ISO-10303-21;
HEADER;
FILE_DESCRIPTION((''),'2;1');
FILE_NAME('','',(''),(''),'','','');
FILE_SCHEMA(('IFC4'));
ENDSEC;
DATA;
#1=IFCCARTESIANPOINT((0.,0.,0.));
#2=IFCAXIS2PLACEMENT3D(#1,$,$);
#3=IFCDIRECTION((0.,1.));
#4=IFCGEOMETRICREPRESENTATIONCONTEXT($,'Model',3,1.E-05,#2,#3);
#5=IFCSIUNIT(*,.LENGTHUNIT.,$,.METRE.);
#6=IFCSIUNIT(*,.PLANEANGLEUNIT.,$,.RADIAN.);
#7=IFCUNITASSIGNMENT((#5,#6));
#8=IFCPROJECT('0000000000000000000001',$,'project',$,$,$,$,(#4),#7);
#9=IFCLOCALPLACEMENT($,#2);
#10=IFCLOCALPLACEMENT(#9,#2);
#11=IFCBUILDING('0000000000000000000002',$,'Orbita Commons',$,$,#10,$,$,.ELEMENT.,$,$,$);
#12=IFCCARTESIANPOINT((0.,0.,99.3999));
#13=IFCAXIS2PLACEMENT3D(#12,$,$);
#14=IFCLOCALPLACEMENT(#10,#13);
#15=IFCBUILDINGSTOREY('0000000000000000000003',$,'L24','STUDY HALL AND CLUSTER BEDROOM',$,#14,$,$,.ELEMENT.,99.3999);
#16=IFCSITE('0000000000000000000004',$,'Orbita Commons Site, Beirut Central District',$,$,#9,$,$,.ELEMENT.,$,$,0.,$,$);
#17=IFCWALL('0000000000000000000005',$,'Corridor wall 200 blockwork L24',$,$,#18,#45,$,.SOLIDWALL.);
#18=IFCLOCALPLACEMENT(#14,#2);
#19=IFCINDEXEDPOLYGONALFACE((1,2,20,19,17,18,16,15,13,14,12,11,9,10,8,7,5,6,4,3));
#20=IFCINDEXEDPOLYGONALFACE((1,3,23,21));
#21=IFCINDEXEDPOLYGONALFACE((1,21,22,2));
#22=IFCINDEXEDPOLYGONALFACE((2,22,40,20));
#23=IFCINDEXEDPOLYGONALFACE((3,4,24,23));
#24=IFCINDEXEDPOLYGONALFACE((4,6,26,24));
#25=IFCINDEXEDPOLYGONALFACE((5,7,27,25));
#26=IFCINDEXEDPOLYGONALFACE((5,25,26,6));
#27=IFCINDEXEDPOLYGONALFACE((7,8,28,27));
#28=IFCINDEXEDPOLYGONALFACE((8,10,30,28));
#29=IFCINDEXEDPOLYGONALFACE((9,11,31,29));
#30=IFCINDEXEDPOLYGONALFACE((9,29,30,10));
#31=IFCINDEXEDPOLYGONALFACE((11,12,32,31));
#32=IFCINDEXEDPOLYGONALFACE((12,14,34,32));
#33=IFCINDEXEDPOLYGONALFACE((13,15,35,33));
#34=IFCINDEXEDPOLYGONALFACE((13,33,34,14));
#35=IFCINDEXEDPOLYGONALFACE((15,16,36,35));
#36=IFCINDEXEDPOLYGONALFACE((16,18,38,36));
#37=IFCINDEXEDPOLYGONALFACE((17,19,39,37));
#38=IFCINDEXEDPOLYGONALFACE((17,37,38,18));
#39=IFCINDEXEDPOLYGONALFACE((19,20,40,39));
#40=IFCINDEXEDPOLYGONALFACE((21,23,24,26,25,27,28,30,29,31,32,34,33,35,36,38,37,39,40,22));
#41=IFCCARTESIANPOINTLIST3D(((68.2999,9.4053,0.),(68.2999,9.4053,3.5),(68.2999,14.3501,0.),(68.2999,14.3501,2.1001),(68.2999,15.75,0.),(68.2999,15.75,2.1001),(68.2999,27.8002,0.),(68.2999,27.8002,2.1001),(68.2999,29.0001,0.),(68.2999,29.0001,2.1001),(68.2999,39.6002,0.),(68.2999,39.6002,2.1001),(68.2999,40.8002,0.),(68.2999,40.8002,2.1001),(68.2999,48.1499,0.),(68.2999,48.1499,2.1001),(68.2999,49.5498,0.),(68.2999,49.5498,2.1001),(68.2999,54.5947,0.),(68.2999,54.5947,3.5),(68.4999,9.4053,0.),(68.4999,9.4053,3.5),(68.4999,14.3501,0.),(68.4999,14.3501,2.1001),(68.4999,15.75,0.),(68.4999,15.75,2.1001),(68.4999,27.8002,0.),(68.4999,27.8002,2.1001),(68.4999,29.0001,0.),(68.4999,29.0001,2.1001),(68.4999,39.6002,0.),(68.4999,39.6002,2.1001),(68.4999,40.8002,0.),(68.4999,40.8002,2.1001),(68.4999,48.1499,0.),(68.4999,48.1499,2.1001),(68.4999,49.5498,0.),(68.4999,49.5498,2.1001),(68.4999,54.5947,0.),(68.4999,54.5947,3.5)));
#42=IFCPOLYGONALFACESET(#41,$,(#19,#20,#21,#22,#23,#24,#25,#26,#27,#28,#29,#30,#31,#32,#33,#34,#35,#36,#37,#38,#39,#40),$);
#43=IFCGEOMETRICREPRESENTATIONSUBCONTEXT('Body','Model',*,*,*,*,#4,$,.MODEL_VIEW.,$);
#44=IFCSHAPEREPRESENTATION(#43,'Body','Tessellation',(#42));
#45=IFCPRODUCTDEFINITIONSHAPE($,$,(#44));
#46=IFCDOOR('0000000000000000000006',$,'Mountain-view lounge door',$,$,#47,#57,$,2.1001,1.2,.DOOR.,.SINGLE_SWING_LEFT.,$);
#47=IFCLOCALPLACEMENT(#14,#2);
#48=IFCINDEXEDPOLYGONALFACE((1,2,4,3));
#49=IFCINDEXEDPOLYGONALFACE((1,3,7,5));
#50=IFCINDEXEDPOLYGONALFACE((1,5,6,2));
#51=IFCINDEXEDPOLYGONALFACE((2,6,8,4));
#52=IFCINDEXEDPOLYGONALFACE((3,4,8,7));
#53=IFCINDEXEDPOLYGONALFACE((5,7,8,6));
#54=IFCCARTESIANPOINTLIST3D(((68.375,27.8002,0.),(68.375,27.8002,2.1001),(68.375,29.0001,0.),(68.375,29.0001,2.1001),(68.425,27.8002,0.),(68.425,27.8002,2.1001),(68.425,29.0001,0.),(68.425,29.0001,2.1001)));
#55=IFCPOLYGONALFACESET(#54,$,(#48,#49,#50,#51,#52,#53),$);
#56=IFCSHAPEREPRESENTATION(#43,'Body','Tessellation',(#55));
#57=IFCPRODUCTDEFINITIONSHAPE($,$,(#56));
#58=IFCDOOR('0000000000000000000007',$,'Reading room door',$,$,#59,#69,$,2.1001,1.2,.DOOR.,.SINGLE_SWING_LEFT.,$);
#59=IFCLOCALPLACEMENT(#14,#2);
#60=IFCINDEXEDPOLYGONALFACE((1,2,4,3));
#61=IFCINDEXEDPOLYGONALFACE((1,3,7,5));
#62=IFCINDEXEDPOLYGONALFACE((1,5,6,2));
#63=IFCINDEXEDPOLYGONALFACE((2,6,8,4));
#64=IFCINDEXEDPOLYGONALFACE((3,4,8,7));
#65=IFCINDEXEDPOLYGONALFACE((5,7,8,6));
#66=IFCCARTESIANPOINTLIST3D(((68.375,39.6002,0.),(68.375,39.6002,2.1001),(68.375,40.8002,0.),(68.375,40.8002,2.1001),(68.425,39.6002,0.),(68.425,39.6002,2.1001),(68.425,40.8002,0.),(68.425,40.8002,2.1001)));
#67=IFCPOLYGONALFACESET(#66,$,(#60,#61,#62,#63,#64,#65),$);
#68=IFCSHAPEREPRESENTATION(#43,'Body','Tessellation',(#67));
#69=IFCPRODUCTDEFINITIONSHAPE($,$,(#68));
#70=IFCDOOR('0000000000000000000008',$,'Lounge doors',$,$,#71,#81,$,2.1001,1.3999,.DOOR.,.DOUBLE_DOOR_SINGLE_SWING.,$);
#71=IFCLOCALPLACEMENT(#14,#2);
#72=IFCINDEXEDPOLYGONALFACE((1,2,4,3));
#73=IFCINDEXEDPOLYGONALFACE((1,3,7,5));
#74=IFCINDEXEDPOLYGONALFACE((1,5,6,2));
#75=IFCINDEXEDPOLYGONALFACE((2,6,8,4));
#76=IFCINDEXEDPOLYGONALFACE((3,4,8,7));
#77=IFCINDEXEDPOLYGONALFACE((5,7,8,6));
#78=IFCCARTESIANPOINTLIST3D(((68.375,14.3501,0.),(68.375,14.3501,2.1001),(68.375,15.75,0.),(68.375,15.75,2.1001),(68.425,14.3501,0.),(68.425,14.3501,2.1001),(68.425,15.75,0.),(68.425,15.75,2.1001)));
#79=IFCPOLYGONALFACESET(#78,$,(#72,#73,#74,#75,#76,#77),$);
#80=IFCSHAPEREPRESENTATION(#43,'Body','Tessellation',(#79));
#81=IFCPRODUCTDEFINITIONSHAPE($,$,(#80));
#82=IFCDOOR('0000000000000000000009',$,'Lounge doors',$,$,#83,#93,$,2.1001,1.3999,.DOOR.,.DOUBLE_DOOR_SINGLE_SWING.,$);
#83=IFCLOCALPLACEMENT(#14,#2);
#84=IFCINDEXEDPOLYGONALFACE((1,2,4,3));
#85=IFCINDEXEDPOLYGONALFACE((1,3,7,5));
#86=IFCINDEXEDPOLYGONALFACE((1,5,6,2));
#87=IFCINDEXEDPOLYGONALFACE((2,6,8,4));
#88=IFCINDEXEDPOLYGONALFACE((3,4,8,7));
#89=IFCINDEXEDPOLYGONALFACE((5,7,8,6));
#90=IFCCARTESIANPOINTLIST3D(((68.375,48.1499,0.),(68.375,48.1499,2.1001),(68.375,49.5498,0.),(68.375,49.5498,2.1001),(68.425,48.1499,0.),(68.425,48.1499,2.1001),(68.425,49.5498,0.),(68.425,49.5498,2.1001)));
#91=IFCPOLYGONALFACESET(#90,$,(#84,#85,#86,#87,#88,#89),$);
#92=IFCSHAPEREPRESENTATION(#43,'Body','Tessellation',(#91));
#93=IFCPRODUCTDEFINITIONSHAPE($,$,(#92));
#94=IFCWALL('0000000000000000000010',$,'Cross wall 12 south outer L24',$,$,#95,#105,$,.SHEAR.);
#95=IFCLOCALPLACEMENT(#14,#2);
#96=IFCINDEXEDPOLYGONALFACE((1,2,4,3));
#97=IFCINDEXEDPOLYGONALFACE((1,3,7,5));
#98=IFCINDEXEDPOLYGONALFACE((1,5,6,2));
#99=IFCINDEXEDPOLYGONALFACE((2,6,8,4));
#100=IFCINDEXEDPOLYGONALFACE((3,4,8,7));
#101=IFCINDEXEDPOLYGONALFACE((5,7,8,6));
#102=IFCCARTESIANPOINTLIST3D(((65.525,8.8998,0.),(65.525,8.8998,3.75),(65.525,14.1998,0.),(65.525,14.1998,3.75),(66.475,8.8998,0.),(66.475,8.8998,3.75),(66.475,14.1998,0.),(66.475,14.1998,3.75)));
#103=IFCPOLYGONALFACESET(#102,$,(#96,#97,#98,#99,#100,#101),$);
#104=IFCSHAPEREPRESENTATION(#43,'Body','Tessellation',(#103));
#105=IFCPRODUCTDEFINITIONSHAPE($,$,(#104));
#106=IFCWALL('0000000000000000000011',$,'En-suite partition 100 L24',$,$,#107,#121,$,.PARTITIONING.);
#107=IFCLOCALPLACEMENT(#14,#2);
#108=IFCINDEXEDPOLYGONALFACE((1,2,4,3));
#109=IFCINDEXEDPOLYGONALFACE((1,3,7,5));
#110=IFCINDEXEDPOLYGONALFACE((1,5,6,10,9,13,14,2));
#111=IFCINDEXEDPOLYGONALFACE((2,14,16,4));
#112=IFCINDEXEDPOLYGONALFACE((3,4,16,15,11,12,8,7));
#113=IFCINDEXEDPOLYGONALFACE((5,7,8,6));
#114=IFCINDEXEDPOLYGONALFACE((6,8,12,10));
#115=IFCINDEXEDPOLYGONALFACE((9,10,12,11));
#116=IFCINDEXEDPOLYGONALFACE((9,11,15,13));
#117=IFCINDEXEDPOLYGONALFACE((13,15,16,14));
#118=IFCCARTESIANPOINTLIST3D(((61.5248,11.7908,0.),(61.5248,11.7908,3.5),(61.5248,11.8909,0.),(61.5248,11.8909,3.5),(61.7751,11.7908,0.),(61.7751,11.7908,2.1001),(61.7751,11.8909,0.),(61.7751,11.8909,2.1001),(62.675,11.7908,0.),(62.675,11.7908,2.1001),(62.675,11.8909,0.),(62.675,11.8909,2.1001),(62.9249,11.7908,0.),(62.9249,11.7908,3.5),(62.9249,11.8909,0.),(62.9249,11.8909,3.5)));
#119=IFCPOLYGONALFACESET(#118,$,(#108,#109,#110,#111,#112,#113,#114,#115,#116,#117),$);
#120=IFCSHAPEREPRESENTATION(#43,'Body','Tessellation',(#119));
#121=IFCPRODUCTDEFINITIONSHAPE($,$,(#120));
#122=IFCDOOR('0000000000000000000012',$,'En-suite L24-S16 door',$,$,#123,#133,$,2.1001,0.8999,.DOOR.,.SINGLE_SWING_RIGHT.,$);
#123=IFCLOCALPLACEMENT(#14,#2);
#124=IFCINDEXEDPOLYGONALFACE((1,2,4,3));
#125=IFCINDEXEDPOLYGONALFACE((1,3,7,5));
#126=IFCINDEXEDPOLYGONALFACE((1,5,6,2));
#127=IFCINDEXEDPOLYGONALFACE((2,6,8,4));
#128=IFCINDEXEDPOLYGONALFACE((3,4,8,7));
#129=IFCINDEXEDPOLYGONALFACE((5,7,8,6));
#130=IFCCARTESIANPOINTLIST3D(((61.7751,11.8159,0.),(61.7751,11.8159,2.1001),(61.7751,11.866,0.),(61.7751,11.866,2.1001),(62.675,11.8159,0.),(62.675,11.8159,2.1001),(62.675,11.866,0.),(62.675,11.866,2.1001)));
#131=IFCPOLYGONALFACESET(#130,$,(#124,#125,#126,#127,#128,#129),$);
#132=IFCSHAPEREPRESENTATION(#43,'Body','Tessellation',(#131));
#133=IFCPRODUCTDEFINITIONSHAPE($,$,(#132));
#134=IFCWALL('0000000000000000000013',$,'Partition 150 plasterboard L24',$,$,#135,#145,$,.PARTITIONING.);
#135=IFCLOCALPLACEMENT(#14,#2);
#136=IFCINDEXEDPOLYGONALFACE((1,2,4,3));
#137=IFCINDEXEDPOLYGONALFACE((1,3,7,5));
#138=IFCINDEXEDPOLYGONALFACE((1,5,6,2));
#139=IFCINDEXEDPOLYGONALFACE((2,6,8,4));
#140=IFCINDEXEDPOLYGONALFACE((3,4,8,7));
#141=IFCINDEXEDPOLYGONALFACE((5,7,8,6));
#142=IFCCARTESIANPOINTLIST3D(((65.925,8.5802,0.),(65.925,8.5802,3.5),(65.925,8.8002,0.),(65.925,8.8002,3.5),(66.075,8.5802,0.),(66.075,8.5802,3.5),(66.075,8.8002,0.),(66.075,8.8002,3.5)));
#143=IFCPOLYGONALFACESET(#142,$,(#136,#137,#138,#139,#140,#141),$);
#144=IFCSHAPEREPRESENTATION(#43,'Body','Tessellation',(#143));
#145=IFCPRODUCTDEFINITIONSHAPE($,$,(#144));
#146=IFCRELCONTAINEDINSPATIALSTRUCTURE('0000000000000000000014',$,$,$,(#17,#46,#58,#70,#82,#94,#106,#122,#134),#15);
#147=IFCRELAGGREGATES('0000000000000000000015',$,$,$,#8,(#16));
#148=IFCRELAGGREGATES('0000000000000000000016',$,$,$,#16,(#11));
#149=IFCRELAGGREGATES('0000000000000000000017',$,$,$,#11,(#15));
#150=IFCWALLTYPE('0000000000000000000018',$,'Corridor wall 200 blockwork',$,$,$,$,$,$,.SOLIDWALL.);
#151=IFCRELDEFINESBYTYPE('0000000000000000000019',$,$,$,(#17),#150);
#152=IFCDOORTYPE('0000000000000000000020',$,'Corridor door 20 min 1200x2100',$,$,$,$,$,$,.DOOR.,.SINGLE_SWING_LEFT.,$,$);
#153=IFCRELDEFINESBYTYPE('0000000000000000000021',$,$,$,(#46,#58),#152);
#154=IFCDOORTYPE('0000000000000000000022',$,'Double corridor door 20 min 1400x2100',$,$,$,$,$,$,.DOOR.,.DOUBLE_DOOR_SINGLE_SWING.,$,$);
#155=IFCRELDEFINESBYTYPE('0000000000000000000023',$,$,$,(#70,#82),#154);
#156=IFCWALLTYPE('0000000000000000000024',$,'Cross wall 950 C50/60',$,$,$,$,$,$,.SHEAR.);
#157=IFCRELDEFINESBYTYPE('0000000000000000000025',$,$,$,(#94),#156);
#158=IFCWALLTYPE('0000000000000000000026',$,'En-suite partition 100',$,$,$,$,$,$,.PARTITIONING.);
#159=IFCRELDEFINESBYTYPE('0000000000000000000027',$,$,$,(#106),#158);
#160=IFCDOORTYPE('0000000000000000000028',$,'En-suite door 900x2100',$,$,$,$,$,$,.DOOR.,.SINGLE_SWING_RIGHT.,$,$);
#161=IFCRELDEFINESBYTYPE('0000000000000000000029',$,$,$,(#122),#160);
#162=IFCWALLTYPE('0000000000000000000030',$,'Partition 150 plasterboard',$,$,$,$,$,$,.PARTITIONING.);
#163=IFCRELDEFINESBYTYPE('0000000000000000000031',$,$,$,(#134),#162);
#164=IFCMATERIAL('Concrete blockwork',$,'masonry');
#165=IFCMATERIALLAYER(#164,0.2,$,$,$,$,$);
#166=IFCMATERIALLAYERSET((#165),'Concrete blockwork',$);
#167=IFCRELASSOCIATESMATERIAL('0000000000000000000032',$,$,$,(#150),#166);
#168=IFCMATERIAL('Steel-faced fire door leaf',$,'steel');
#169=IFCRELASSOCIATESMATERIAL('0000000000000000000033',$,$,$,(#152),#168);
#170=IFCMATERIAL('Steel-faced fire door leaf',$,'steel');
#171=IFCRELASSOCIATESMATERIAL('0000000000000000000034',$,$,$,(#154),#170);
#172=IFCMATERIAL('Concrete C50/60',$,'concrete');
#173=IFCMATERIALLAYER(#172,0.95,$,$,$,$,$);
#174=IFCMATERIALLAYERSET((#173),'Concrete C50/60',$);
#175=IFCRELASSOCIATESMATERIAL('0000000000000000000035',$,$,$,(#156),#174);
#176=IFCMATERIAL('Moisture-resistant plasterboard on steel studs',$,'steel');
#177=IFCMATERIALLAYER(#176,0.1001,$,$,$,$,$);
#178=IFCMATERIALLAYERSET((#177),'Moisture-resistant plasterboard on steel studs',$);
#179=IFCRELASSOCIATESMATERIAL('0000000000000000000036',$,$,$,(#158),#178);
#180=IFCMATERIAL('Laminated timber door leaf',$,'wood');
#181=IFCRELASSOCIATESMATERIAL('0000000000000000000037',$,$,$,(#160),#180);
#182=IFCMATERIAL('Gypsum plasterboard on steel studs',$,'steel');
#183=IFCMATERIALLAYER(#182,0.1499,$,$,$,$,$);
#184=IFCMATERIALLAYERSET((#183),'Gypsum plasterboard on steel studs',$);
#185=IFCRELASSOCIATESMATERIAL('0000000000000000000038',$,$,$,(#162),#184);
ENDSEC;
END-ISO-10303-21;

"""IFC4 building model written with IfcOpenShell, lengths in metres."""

from ifc_helpers import new_model, si_unit, direction, frame, frame_2d, origin, place, context, subcontext, project, spatial, rectangle, extrude, material, layer, layer_set, type_object, element, fill, save


model = new_model("IFC4")

# Units and contexts
model_context = context("Model", 3, precision=1e-05, world=origin(), true_north=direction((0.0, 1.0)))
body_context = subcontext(model_context, "Body", "Model", "MODEL_VIEW")
ifc_project = project(units=[si_unit("LENGTHUNIT", "METRE"), si_unit("PLANEANGLEUNIT", "RADIAN")], contexts=[model_context])

# Site, building, storey
site_placement = place(None, origin())
site = spatial("IfcSite", under=ifc_project, at=site_placement, Name="Orbita Commons Site, Beirut Central District", CompositionType="ELEMENT", RefElevation=0.0)
building_placement = place(site_placement, origin())
building = spatial("IfcBuilding", under=site, at=building_placement, Name="Orbita Commons", CompositionType="ELEMENT")
storey_placement = place(building_placement, frame((0.0, 0.0, 99.3999)))
storey = spatial("IfcBuildingStorey", under=building, at=storey_placement, Name="L24", Description="STUDY HALL AND CLUSTER BEDROOM", CompositionType="ELEMENT", Elevation=99.3999)

# Wall, openings, doors
ifc_material_1 = material(Name="Concrete blockwork", Category="masonry")
ifc_layer_1 = layer(ifc_material_1, 0.2)
ifc_layer_set_1 = layer_set([ifc_layer_1], Name="Concrete blockwork")
wall_type_1 = type_object("IfcWallType", Name="Corridor wall 200 blockwork", PredefinedType="SOLIDWALL", material=ifc_layer_set_1)
wall_1_placement = place(storey_placement, frame((68.3999, 9.4053, 0.0), z_axis=(0.0, 0.0, 1.0), x_axis=(0.0, 1.0, 0.0)))
wall_1 = element("IfcWall", 1, at=wall_1_placement, inside=storey, type_object=wall_type_1, Name="Corridor wall 200 blockwork L24", PredefinedType="SOLIDWALL", context=body_context, shape_type="SweptSolid", body=[
    extrude(rectangle(XDim=45.1895, YDim=0.2, at=frame_2d((22.5947, 0.0))), origin(), (0.0, 0.0, 1.0), 3.5),
])
opening_1_placement = place(wall_1_placement, frame((18.3948, 0.0, 0.0)))
opening_1 = element("IfcOpeningElement", 2, at=opening_1_placement, cuts=wall_1, PredefinedType="OPENING", context=body_context, shape_type="SweptSolid", body=[
    extrude(rectangle(XDim=1.2, YDim=2.1001, at=frame_2d((0.6001, 1.05))), frame((0.0, 0.1099, 0.0), z_axis=(0.0, -1.0, 0.0), x_axis=(1.0, 0.0, 0.0)), (0.0, 0.0, 1.0), 0.22),
])
opening_2_placement = place(wall_1_placement, frame((30.1948, 0.0, 0.0)))
opening_2 = element("IfcOpeningElement", 3, at=opening_2_placement, cuts=wall_1, PredefinedType="OPENING", context=body_context, shape_type="SweptSolid", body=[
    extrude(rectangle(XDim=1.2, YDim=2.1001, at=frame_2d((0.6001, 1.05))), frame((0.0, 0.1099, 0.0), z_axis=(0.0, -1.0, 0.0), x_axis=(1.0, 0.0, 0.0)), (0.0, 0.0, 1.0), 0.22),
])
opening_3_placement = place(wall_1_placement, frame((4.9448, 0.0, 0.0)))
opening_3 = element("IfcOpeningElement", 4, at=opening_3_placement, cuts=wall_1, PredefinedType="OPENING", context=body_context, shape_type="SweptSolid", body=[
    extrude(rectangle(XDim=1.3999, YDim=2.1001, at=frame_2d((0.7, 1.05))), frame((0.0, 0.1099, 0.0), z_axis=(0.0, -1.0, 0.0), x_axis=(1.0, 0.0, 0.0)), (0.0, 0.0, 1.0), 0.22),
])
opening_4_placement = place(wall_1_placement, frame((38.7446, 0.0, 0.0)))
opening_4 = element("IfcOpeningElement", 5, at=opening_4_placement, cuts=wall_1, PredefinedType="OPENING", context=body_context, shape_type="SweptSolid", body=[
    extrude(rectangle(XDim=1.3999, YDim=2.1001, at=frame_2d((0.7, 1.05))), frame((0.0, 0.1099, 0.0), z_axis=(0.0, -1.0, 0.0), x_axis=(1.0, 0.0, 0.0)), (0.0, 0.0, 1.0), 0.22),
])
ifc_material_2 = material(Name="Steel-faced fire door leaf", Category="steel")
door_type_1 = type_object("IfcDoorType", Name="Corridor door 20 min 1200x2100", OperationType="SINGLE_SWING_LEFT", PredefinedType="DOOR", material=ifc_material_2)
door_1_placement = place(opening_1_placement, origin())
door_1 = element("IfcDoor", 6, at=door_1_placement, inside=storey, type_object=door_type_1, Name="Mountain-view lounge door", OperationType="SINGLE_SWING_LEFT", OverallHeight=2.1001, OverallWidth=1.2, PredefinedType="DOOR", context=body_context, shape_type="SweptSolid", body=[
    extrude(rectangle(XDim=1.2, YDim=2.1001, at=frame_2d((0.6001, 1.05))), frame((0.0, 0.0249, 0.0), z_axis=(0.0, -1.0, 0.0), x_axis=(1.0, 0.0, 0.0)), (0.0, 0.0, 1.0), 0.05),
])
fill(opening_1, door_1)
door_2_placement = place(opening_2_placement, origin())
door_2 = element("IfcDoor", 7, at=door_2_placement, inside=storey, type_object=door_type_1, Name="Reading room door", OperationType="SINGLE_SWING_LEFT", OverallHeight=2.1001, OverallWidth=1.2, PredefinedType="DOOR", context=body_context, shape_type="SweptSolid", body=[
    extrude(rectangle(XDim=1.2, YDim=2.1001, at=frame_2d((0.6001, 1.05))), frame((0.0, 0.0249, 0.0), z_axis=(0.0, -1.0, 0.0), x_axis=(1.0, 0.0, 0.0)), (0.0, 0.0, 1.0), 0.05),
])
fill(opening_2, door_2)
ifc_material_3 = material(Name="Steel-faced fire door leaf", Category="steel")
door_type_2 = type_object("IfcDoorType", Name="Double corridor door 20 min 1400x2100", OperationType="DOUBLE_DOOR_SINGLE_SWING", PredefinedType="DOOR", material=ifc_material_3)
door_3_placement = place(opening_3_placement, origin())
door_3 = element("IfcDoor", 8, at=door_3_placement, inside=storey, type_object=door_type_2, Name="Lounge doors", OperationType="DOUBLE_DOOR_SINGLE_SWING", OverallHeight=2.1001, OverallWidth=1.3999, PredefinedType="DOOR", context=body_context, shape_type="SweptSolid", body=[
    extrude(rectangle(XDim=1.3999, YDim=2.1001, at=frame_2d((0.7, 1.05))), frame((0.0, 0.0249, 0.0), z_axis=(0.0, -1.0, 0.0), x_axis=(1.0, 0.0, 0.0)), (0.0, 0.0, 1.0), 0.05),
])
fill(opening_3, door_3)
door_4_placement = place(opening_4_placement, origin())
door_4 = element("IfcDoor", 9, at=door_4_placement, inside=storey, type_object=door_type_2, Name="Lounge doors", OperationType="DOUBLE_DOOR_SINGLE_SWING", OverallHeight=2.1001, OverallWidth=1.3999, PredefinedType="DOOR", context=body_context, shape_type="SweptSolid", body=[
    extrude(rectangle(XDim=1.3999, YDim=2.1001, at=frame_2d((0.7, 1.05))), frame((0.0, 0.0249, 0.0), z_axis=(0.0, -1.0, 0.0), x_axis=(1.0, 0.0, 0.0)), (0.0, 0.0, 1.0), 0.05),
])
fill(opening_4, door_4)

# Wall
ifc_material_4 = material(Name="Concrete C50/60", Category="concrete")
ifc_layer_2 = layer(ifc_material_4, 0.95)
ifc_layer_set_2 = layer_set([ifc_layer_2], Name="Concrete C50/60")
wall_type_2 = type_object("IfcWallType", Name="Cross wall 950 C50/60", PredefinedType="SHEAR", material=ifc_layer_set_2)
wall_2_placement = place(storey_placement, frame((66.0, 8.8999, 0.0), z_axis=(0.0, 0.0, 1.0), x_axis=(0.0, 1.0, 0.0)))
element("IfcWall", 10, at=wall_2_placement, inside=storey, type_object=wall_type_2, Name="Cross wall 12 south outer L24", PredefinedType="SHEAR", context=body_context, shape_type="SweptSolid", body=[
    extrude(rectangle(XDim=5.3, YDim=0.95, at=frame_2d((2.6499, 0.0))), origin(), (0.0, 0.0, 1.0), 3.75),
])

# Wall, opening, door
ifc_material_5 = material(Name="Moisture-resistant plasterboard on steel studs", Category="steel")
ifc_layer_3 = layer(ifc_material_5, 0.1001)
ifc_layer_set_3 = layer_set([ifc_layer_3], Name="Moisture-resistant plasterboard on steel studs")
wall_type_3 = type_object("IfcWallType", Name="En-suite partition 100", PredefinedType="PARTITIONING", material=ifc_layer_set_3)
wall_3_placement = place(storey_placement, frame((62.925, 11.8408, 0.0), z_axis=(0.0, 0.0, 1.0), x_axis=(-1.0, 0.0, 0.0)))
wall_3 = element("IfcWall", 11, at=wall_3_placement, inside=storey, type_object=wall_type_3, Name="En-suite partition 100 L24", PredefinedType="PARTITIONING", context=body_context, shape_type="SweptSolid", body=[
    extrude(rectangle(XDim=1.4001, YDim=0.1001, at=frame_2d((0.7002, 0.0))), origin(), (0.0, 0.0, 1.0), 3.5),
])
opening_5_placement = place(wall_3_placement, frame((0.25, 0.0, 0.0)))
opening_5 = element("IfcOpeningElement", 12, at=opening_5_placement, cuts=wall_3, PredefinedType="OPENING", context=body_context, shape_type="SweptSolid", body=[
    extrude(rectangle(XDim=0.8999, YDim=2.1001, at=frame_2d((0.45, 1.05))), frame((0.0, 0.0601, 0.0), z_axis=(0.0, -1.0, 0.0), x_axis=(1.0, 0.0, 0.0)), (0.0, 0.0, 1.0), 0.1201),
])
ifc_material_6 = material(Name="Laminated timber door leaf", Category="wood")
door_type_3 = type_object("IfcDoorType", Name="En-suite door 900x2100", OperationType="SINGLE_SWING_RIGHT", PredefinedType="DOOR", material=ifc_material_6)
door_5_placement = place(opening_5_placement, origin())
door_5 = element("IfcDoor", 13, at=door_5_placement, inside=storey, type_object=door_type_3, Name="En-suite L24-S16 door", OperationType="SINGLE_SWING_RIGHT", OverallHeight=2.1001, OverallWidth=0.8999, PredefinedType="DOOR", context=body_context, shape_type="SweptSolid", body=[
    extrude(rectangle(XDim=0.8999, YDim=2.1001, at=frame_2d((0.45, 1.05))), frame((0.0, 0.0249, 0.0), z_axis=(0.0, -1.0, 0.0), x_axis=(1.0, 0.0, 0.0)), (0.0, 0.0, 1.0), 0.05),
])
fill(opening_5, door_5)

# Wall
ifc_material_7 = material(Name="Gypsum plasterboard on steel studs", Category="steel")
ifc_layer_4 = layer(ifc_material_7, 0.1499)
ifc_layer_set_4 = layer_set([ifc_layer_4], Name="Gypsum plasterboard on steel studs")
wall_type_4 = type_object("IfcWallType", Name="Partition 150 plasterboard", PredefinedType="PARTITIONING", material=ifc_layer_set_4)
wall_4_placement = place(storey_placement, frame((66.0, 8.8, 0.0), z_axis=(0.0, 0.0, 1.0), x_axis=(0.0, -1.0, 0.0)))
element("IfcWall", 14, at=wall_4_placement, inside=storey, type_object=wall_type_4, Name="Partition 150 plasterboard L24", PredefinedType="PARTITIONING", context=body_context, shape_type="SweptSolid", body=[
    extrude(rectangle(XDim=0.22, YDim=0.1499, at=frame_2d((0.1099, 0.0))), origin(), (0.0, 0.0, 1.0), 3.5),
])

save(model, "model.ifc")
